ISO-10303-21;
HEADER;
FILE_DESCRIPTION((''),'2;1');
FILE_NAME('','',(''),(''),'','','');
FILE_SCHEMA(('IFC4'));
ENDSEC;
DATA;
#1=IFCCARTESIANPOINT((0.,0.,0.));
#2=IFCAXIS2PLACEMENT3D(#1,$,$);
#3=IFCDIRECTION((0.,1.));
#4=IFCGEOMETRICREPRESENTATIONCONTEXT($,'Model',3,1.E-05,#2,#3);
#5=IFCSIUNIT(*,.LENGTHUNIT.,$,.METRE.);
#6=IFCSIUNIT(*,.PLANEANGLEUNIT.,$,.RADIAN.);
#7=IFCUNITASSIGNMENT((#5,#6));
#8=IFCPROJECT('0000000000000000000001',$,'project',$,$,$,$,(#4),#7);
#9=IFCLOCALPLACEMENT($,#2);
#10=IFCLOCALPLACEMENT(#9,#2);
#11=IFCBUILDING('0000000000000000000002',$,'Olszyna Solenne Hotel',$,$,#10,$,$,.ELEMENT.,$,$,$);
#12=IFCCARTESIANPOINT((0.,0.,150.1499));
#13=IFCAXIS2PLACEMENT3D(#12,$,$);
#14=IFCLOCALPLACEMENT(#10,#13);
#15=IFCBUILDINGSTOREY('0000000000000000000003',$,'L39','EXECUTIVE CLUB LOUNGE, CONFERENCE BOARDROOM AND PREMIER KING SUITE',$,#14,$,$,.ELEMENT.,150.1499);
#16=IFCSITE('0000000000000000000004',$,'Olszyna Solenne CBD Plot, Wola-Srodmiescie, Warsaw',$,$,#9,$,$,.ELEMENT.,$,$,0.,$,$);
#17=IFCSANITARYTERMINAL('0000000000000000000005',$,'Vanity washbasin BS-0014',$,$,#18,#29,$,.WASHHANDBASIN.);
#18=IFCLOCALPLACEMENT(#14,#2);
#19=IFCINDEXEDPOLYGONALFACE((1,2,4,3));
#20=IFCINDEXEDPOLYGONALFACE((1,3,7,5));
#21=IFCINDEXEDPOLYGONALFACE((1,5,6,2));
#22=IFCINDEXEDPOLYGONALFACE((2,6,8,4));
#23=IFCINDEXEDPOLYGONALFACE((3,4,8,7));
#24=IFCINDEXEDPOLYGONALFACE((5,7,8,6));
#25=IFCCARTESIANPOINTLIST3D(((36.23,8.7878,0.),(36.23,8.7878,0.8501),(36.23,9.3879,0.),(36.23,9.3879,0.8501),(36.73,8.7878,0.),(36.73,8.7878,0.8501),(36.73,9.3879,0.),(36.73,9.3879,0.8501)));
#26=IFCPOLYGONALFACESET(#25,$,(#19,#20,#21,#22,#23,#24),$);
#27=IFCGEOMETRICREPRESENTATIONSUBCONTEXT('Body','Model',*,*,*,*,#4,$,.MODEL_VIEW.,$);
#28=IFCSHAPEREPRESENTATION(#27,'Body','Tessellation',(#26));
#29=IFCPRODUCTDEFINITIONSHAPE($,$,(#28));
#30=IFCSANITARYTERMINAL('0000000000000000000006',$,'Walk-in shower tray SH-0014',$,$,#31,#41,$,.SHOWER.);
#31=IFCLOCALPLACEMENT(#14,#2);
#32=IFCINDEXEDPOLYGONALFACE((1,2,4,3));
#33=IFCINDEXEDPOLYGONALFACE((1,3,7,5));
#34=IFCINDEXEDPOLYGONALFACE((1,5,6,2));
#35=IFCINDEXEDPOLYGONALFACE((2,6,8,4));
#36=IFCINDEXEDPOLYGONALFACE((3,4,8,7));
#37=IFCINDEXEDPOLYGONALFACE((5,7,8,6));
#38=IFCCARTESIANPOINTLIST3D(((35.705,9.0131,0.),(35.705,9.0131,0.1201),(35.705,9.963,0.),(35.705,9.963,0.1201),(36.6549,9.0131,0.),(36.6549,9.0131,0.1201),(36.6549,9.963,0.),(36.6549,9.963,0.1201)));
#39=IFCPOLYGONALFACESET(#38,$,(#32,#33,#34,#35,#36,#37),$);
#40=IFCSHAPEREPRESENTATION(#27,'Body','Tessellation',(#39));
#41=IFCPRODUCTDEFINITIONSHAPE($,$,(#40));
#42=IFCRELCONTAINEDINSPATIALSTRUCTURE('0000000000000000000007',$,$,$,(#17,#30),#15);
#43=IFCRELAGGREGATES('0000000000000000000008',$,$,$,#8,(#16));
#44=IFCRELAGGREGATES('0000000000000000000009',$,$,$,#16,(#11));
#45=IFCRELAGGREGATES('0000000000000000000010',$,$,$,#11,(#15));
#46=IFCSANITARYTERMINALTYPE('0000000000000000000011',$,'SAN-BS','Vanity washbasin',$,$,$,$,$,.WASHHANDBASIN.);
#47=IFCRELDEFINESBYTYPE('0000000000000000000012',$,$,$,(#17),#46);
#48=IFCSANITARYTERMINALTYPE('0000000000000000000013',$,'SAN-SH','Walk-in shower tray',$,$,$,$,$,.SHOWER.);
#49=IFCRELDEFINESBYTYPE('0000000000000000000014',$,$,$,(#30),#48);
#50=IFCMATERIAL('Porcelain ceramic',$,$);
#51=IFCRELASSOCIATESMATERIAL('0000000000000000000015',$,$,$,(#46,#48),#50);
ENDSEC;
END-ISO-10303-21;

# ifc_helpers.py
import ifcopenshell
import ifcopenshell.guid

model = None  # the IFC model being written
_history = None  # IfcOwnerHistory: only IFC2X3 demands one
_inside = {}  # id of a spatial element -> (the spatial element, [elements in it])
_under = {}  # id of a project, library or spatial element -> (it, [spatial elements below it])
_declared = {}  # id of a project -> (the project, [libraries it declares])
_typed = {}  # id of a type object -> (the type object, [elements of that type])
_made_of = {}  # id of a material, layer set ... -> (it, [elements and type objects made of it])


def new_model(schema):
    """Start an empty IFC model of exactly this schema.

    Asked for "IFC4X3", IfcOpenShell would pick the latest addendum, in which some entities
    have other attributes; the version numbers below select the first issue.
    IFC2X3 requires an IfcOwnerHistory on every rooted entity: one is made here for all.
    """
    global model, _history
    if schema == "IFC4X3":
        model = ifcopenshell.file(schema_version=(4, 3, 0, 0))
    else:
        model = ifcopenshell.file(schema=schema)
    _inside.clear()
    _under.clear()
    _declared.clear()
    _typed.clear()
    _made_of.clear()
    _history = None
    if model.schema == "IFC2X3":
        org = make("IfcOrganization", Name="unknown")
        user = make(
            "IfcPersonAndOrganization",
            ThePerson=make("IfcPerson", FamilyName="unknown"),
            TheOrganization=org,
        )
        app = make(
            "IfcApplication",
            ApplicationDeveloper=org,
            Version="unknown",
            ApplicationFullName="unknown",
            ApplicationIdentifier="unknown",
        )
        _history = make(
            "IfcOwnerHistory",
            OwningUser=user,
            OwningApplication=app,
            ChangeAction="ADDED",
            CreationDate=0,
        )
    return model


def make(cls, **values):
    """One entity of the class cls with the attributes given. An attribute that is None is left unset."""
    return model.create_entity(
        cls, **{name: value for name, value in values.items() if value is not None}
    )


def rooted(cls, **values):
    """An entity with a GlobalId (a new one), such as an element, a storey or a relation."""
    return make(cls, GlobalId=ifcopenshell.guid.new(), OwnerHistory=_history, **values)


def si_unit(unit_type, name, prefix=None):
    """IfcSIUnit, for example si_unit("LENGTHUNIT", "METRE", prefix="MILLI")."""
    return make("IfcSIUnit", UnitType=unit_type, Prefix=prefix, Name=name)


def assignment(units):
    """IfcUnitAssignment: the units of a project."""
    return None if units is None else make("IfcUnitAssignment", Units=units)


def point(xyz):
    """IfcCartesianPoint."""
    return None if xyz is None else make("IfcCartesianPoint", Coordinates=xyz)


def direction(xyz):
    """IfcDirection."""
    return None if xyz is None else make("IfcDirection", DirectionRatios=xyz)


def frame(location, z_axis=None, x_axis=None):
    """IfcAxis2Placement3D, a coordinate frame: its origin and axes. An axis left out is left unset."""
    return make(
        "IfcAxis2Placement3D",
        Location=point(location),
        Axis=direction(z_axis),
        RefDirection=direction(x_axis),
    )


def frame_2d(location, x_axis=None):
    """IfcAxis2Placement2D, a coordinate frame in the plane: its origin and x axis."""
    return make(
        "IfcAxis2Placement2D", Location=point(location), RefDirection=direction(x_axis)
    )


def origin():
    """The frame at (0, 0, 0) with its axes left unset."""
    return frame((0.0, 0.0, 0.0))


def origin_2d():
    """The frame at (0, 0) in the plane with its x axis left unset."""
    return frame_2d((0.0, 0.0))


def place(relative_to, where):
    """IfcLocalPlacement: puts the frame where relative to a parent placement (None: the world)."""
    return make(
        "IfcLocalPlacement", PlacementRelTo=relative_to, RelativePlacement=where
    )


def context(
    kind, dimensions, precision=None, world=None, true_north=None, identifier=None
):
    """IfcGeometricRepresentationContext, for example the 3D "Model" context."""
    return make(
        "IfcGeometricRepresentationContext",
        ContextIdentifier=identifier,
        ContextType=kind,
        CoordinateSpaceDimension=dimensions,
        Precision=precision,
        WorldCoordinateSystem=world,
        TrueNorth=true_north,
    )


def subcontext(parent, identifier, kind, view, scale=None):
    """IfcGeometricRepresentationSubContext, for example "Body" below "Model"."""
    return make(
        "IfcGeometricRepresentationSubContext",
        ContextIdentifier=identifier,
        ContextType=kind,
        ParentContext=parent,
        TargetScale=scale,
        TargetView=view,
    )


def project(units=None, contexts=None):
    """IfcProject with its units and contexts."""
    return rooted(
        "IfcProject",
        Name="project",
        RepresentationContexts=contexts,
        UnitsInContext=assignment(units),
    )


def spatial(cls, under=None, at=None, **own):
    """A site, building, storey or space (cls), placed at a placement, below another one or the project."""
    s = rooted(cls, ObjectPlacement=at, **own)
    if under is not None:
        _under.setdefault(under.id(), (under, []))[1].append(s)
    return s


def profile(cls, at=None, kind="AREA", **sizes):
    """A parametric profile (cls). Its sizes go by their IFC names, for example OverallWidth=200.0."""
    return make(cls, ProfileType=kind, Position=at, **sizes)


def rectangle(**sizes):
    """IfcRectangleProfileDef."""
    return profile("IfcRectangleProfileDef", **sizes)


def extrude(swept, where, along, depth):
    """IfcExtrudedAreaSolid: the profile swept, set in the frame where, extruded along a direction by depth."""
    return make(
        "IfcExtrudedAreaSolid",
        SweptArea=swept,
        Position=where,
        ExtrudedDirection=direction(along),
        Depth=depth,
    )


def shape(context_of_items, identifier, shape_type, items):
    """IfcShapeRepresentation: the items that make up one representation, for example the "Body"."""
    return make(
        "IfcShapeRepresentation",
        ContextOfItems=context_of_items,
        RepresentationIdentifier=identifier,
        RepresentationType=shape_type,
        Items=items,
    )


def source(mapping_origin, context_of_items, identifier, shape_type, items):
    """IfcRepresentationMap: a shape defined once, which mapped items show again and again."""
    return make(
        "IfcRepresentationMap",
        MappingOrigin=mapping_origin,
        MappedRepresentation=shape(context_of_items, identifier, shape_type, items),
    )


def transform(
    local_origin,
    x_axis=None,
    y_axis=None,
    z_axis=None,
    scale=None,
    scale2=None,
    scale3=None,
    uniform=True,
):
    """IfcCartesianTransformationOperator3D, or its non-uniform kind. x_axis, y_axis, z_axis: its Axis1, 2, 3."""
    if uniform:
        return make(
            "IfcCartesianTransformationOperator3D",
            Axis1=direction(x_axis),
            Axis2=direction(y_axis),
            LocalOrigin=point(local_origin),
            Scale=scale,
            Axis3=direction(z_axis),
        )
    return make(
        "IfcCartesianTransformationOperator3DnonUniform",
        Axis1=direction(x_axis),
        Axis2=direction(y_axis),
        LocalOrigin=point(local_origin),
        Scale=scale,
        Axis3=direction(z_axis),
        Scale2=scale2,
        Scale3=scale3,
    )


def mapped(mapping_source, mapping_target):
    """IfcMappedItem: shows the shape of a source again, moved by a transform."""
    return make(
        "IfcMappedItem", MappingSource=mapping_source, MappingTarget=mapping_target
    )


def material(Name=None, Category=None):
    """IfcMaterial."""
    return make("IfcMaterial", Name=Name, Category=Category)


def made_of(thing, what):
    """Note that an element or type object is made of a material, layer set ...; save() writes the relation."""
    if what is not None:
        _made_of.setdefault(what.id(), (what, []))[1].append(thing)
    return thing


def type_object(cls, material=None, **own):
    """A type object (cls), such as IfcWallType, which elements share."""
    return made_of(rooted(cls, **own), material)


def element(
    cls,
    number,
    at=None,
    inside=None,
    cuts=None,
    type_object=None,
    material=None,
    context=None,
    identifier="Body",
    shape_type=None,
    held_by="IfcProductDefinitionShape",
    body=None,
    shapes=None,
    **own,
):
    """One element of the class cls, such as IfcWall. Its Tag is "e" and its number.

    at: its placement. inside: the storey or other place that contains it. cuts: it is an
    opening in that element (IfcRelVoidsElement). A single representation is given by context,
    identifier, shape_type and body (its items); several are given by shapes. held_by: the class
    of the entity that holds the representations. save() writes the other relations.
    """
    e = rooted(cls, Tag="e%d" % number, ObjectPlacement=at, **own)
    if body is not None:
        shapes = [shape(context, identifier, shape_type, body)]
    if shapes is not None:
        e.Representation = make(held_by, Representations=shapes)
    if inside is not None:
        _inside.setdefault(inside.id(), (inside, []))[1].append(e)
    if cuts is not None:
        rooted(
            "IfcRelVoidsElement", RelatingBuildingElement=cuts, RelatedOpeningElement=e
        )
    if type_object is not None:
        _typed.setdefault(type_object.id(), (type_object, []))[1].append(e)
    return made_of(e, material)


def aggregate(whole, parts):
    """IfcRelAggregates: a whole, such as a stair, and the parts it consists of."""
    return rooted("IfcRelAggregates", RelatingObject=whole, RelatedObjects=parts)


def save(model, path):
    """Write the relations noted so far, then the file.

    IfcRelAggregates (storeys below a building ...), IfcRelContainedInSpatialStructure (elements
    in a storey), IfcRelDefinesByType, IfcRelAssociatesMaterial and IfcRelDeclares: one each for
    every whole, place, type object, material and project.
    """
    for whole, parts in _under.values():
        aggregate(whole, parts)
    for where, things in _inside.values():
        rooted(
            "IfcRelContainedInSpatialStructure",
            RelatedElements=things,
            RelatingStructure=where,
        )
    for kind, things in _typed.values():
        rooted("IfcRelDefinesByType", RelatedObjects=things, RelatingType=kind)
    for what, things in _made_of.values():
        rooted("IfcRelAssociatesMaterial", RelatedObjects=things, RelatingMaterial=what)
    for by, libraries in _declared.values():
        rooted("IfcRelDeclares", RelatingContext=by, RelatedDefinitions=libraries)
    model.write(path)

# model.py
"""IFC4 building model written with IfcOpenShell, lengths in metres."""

from ifc_helpers import new_model, si_unit, direction, frame, origin, origin_2d, place, context, subcontext, project, spatial, rectangle, extrude, source, transform, mapped, material, type_object, element, save


model = new_model("IFC4")

# Units and contexts
model_context = context("Model", 3, precision=1e-05, world=origin(), true_north=direction((0.0, 1.0)))
body_context = subcontext(model_context, "Body", "Model", "MODEL_VIEW")
ifc_project = project(units=[si_unit("LENGTHUNIT", "METRE"), si_unit("PLANEANGLEUNIT", "RADIAN")], contexts=[model_context])

# Site, building, storey
site_placement = place(None, origin())
site = spatial("IfcSite", under=ifc_project, at=site_placement, Name="Olszyna Solenne CBD Plot, Wola-Srodmiescie, Warsaw", CompositionType="ELEMENT", RefElevation=0.0)
building_placement = place(site_placement, origin())
building = spatial("IfcBuilding", under=site, at=building_placement, Name="Olszyna Solenne Hotel", CompositionType="ELEMENT")
storey_placement = place(building_placement, frame((0.0, 0.0, 150.1499)))
storey = spatial("IfcBuildingStorey", under=building, at=storey_placement, Name="L39", Description="EXECUTIVE CLUB LOUNGE, CONFERENCE BOARDROOM AND PREMIER KING SUITE", CompositionType="ELEMENT", Elevation=150.1499)

# Sanitary terminals
ifc_material_1 = material(Name="Porcelain ceramic")
sanitary_terminal_type_1 = type_object("IfcSanitaryTerminalType", Name="SAN-BS", Description="Vanity washbasin", PredefinedType="WASHHANDBASIN", material=ifc_material_1)
shared_shape_1 = source(origin(), body_context, "Body", "SweptSolid", [
    extrude(rectangle(XDim=0.5, YDim=0.6001, at=origin_2d()), origin(), (0.0, 0.0, 1.0), 0.8501),
])
sanitary_terminal_1_placement = place(storey_placement, frame((36.48, 9.0879, 0.0), z_axis=(0.0, 0.0, 1.0), x_axis=(1.0, 0.0, 0.0)))
element("IfcSanitaryTerminal", 1, at=sanitary_terminal_1_placement, inside=storey, type_object=sanitary_terminal_type_1, Name="Vanity washbasin BS-0014", PredefinedType="WASHHANDBASIN", context=body_context, shape_type="MappedRepresentation", body=[
    mapped(shared_shape_1, transform((0.0, 0.0, 0.0), x_axis=(1.0, 0.0, 0.0), y_axis=(0.0, 1.0, 0.0), z_axis=(0.0, 0.0, 1.0), scale=1.0)),
])
sanitary_terminal_type_2 = type_object("IfcSanitaryTerminalType", Name="SAN-SH", Description="Walk-in shower tray", PredefinedType="SHOWER", material=ifc_material_1)
shared_shape_2 = source(origin(), body_context, "Body", "SweptSolid", [
    extrude(rectangle(XDim=0.95, YDim=0.95, at=origin_2d()), origin(), (0.0, 0.0, 1.0), 0.1201),
])
sanitary_terminal_2_placement = place(storey_placement, frame((36.1799, 9.488, 0.0), z_axis=(0.0, 0.0, 1.0), x_axis=(1.0, 0.0, 0.0)))
element("IfcSanitaryTerminal", 2, at=sanitary_terminal_2_placement, inside=storey, type_object=sanitary_terminal_type_2, Name="Walk-in shower tray SH-0014", PredefinedType="SHOWER", context=body_context, shape_type="MappedRepresentation", body=[
    mapped(shared_shape_2, transform((0.0, 0.0, 0.0), x_axis=(1.0, 0.0, 0.0), y_axis=(0.0, 1.0, 0.0), z_axis=(0.0, 0.0, 1.0), scale=1.0)),
])

save(model, "model.ifc")
